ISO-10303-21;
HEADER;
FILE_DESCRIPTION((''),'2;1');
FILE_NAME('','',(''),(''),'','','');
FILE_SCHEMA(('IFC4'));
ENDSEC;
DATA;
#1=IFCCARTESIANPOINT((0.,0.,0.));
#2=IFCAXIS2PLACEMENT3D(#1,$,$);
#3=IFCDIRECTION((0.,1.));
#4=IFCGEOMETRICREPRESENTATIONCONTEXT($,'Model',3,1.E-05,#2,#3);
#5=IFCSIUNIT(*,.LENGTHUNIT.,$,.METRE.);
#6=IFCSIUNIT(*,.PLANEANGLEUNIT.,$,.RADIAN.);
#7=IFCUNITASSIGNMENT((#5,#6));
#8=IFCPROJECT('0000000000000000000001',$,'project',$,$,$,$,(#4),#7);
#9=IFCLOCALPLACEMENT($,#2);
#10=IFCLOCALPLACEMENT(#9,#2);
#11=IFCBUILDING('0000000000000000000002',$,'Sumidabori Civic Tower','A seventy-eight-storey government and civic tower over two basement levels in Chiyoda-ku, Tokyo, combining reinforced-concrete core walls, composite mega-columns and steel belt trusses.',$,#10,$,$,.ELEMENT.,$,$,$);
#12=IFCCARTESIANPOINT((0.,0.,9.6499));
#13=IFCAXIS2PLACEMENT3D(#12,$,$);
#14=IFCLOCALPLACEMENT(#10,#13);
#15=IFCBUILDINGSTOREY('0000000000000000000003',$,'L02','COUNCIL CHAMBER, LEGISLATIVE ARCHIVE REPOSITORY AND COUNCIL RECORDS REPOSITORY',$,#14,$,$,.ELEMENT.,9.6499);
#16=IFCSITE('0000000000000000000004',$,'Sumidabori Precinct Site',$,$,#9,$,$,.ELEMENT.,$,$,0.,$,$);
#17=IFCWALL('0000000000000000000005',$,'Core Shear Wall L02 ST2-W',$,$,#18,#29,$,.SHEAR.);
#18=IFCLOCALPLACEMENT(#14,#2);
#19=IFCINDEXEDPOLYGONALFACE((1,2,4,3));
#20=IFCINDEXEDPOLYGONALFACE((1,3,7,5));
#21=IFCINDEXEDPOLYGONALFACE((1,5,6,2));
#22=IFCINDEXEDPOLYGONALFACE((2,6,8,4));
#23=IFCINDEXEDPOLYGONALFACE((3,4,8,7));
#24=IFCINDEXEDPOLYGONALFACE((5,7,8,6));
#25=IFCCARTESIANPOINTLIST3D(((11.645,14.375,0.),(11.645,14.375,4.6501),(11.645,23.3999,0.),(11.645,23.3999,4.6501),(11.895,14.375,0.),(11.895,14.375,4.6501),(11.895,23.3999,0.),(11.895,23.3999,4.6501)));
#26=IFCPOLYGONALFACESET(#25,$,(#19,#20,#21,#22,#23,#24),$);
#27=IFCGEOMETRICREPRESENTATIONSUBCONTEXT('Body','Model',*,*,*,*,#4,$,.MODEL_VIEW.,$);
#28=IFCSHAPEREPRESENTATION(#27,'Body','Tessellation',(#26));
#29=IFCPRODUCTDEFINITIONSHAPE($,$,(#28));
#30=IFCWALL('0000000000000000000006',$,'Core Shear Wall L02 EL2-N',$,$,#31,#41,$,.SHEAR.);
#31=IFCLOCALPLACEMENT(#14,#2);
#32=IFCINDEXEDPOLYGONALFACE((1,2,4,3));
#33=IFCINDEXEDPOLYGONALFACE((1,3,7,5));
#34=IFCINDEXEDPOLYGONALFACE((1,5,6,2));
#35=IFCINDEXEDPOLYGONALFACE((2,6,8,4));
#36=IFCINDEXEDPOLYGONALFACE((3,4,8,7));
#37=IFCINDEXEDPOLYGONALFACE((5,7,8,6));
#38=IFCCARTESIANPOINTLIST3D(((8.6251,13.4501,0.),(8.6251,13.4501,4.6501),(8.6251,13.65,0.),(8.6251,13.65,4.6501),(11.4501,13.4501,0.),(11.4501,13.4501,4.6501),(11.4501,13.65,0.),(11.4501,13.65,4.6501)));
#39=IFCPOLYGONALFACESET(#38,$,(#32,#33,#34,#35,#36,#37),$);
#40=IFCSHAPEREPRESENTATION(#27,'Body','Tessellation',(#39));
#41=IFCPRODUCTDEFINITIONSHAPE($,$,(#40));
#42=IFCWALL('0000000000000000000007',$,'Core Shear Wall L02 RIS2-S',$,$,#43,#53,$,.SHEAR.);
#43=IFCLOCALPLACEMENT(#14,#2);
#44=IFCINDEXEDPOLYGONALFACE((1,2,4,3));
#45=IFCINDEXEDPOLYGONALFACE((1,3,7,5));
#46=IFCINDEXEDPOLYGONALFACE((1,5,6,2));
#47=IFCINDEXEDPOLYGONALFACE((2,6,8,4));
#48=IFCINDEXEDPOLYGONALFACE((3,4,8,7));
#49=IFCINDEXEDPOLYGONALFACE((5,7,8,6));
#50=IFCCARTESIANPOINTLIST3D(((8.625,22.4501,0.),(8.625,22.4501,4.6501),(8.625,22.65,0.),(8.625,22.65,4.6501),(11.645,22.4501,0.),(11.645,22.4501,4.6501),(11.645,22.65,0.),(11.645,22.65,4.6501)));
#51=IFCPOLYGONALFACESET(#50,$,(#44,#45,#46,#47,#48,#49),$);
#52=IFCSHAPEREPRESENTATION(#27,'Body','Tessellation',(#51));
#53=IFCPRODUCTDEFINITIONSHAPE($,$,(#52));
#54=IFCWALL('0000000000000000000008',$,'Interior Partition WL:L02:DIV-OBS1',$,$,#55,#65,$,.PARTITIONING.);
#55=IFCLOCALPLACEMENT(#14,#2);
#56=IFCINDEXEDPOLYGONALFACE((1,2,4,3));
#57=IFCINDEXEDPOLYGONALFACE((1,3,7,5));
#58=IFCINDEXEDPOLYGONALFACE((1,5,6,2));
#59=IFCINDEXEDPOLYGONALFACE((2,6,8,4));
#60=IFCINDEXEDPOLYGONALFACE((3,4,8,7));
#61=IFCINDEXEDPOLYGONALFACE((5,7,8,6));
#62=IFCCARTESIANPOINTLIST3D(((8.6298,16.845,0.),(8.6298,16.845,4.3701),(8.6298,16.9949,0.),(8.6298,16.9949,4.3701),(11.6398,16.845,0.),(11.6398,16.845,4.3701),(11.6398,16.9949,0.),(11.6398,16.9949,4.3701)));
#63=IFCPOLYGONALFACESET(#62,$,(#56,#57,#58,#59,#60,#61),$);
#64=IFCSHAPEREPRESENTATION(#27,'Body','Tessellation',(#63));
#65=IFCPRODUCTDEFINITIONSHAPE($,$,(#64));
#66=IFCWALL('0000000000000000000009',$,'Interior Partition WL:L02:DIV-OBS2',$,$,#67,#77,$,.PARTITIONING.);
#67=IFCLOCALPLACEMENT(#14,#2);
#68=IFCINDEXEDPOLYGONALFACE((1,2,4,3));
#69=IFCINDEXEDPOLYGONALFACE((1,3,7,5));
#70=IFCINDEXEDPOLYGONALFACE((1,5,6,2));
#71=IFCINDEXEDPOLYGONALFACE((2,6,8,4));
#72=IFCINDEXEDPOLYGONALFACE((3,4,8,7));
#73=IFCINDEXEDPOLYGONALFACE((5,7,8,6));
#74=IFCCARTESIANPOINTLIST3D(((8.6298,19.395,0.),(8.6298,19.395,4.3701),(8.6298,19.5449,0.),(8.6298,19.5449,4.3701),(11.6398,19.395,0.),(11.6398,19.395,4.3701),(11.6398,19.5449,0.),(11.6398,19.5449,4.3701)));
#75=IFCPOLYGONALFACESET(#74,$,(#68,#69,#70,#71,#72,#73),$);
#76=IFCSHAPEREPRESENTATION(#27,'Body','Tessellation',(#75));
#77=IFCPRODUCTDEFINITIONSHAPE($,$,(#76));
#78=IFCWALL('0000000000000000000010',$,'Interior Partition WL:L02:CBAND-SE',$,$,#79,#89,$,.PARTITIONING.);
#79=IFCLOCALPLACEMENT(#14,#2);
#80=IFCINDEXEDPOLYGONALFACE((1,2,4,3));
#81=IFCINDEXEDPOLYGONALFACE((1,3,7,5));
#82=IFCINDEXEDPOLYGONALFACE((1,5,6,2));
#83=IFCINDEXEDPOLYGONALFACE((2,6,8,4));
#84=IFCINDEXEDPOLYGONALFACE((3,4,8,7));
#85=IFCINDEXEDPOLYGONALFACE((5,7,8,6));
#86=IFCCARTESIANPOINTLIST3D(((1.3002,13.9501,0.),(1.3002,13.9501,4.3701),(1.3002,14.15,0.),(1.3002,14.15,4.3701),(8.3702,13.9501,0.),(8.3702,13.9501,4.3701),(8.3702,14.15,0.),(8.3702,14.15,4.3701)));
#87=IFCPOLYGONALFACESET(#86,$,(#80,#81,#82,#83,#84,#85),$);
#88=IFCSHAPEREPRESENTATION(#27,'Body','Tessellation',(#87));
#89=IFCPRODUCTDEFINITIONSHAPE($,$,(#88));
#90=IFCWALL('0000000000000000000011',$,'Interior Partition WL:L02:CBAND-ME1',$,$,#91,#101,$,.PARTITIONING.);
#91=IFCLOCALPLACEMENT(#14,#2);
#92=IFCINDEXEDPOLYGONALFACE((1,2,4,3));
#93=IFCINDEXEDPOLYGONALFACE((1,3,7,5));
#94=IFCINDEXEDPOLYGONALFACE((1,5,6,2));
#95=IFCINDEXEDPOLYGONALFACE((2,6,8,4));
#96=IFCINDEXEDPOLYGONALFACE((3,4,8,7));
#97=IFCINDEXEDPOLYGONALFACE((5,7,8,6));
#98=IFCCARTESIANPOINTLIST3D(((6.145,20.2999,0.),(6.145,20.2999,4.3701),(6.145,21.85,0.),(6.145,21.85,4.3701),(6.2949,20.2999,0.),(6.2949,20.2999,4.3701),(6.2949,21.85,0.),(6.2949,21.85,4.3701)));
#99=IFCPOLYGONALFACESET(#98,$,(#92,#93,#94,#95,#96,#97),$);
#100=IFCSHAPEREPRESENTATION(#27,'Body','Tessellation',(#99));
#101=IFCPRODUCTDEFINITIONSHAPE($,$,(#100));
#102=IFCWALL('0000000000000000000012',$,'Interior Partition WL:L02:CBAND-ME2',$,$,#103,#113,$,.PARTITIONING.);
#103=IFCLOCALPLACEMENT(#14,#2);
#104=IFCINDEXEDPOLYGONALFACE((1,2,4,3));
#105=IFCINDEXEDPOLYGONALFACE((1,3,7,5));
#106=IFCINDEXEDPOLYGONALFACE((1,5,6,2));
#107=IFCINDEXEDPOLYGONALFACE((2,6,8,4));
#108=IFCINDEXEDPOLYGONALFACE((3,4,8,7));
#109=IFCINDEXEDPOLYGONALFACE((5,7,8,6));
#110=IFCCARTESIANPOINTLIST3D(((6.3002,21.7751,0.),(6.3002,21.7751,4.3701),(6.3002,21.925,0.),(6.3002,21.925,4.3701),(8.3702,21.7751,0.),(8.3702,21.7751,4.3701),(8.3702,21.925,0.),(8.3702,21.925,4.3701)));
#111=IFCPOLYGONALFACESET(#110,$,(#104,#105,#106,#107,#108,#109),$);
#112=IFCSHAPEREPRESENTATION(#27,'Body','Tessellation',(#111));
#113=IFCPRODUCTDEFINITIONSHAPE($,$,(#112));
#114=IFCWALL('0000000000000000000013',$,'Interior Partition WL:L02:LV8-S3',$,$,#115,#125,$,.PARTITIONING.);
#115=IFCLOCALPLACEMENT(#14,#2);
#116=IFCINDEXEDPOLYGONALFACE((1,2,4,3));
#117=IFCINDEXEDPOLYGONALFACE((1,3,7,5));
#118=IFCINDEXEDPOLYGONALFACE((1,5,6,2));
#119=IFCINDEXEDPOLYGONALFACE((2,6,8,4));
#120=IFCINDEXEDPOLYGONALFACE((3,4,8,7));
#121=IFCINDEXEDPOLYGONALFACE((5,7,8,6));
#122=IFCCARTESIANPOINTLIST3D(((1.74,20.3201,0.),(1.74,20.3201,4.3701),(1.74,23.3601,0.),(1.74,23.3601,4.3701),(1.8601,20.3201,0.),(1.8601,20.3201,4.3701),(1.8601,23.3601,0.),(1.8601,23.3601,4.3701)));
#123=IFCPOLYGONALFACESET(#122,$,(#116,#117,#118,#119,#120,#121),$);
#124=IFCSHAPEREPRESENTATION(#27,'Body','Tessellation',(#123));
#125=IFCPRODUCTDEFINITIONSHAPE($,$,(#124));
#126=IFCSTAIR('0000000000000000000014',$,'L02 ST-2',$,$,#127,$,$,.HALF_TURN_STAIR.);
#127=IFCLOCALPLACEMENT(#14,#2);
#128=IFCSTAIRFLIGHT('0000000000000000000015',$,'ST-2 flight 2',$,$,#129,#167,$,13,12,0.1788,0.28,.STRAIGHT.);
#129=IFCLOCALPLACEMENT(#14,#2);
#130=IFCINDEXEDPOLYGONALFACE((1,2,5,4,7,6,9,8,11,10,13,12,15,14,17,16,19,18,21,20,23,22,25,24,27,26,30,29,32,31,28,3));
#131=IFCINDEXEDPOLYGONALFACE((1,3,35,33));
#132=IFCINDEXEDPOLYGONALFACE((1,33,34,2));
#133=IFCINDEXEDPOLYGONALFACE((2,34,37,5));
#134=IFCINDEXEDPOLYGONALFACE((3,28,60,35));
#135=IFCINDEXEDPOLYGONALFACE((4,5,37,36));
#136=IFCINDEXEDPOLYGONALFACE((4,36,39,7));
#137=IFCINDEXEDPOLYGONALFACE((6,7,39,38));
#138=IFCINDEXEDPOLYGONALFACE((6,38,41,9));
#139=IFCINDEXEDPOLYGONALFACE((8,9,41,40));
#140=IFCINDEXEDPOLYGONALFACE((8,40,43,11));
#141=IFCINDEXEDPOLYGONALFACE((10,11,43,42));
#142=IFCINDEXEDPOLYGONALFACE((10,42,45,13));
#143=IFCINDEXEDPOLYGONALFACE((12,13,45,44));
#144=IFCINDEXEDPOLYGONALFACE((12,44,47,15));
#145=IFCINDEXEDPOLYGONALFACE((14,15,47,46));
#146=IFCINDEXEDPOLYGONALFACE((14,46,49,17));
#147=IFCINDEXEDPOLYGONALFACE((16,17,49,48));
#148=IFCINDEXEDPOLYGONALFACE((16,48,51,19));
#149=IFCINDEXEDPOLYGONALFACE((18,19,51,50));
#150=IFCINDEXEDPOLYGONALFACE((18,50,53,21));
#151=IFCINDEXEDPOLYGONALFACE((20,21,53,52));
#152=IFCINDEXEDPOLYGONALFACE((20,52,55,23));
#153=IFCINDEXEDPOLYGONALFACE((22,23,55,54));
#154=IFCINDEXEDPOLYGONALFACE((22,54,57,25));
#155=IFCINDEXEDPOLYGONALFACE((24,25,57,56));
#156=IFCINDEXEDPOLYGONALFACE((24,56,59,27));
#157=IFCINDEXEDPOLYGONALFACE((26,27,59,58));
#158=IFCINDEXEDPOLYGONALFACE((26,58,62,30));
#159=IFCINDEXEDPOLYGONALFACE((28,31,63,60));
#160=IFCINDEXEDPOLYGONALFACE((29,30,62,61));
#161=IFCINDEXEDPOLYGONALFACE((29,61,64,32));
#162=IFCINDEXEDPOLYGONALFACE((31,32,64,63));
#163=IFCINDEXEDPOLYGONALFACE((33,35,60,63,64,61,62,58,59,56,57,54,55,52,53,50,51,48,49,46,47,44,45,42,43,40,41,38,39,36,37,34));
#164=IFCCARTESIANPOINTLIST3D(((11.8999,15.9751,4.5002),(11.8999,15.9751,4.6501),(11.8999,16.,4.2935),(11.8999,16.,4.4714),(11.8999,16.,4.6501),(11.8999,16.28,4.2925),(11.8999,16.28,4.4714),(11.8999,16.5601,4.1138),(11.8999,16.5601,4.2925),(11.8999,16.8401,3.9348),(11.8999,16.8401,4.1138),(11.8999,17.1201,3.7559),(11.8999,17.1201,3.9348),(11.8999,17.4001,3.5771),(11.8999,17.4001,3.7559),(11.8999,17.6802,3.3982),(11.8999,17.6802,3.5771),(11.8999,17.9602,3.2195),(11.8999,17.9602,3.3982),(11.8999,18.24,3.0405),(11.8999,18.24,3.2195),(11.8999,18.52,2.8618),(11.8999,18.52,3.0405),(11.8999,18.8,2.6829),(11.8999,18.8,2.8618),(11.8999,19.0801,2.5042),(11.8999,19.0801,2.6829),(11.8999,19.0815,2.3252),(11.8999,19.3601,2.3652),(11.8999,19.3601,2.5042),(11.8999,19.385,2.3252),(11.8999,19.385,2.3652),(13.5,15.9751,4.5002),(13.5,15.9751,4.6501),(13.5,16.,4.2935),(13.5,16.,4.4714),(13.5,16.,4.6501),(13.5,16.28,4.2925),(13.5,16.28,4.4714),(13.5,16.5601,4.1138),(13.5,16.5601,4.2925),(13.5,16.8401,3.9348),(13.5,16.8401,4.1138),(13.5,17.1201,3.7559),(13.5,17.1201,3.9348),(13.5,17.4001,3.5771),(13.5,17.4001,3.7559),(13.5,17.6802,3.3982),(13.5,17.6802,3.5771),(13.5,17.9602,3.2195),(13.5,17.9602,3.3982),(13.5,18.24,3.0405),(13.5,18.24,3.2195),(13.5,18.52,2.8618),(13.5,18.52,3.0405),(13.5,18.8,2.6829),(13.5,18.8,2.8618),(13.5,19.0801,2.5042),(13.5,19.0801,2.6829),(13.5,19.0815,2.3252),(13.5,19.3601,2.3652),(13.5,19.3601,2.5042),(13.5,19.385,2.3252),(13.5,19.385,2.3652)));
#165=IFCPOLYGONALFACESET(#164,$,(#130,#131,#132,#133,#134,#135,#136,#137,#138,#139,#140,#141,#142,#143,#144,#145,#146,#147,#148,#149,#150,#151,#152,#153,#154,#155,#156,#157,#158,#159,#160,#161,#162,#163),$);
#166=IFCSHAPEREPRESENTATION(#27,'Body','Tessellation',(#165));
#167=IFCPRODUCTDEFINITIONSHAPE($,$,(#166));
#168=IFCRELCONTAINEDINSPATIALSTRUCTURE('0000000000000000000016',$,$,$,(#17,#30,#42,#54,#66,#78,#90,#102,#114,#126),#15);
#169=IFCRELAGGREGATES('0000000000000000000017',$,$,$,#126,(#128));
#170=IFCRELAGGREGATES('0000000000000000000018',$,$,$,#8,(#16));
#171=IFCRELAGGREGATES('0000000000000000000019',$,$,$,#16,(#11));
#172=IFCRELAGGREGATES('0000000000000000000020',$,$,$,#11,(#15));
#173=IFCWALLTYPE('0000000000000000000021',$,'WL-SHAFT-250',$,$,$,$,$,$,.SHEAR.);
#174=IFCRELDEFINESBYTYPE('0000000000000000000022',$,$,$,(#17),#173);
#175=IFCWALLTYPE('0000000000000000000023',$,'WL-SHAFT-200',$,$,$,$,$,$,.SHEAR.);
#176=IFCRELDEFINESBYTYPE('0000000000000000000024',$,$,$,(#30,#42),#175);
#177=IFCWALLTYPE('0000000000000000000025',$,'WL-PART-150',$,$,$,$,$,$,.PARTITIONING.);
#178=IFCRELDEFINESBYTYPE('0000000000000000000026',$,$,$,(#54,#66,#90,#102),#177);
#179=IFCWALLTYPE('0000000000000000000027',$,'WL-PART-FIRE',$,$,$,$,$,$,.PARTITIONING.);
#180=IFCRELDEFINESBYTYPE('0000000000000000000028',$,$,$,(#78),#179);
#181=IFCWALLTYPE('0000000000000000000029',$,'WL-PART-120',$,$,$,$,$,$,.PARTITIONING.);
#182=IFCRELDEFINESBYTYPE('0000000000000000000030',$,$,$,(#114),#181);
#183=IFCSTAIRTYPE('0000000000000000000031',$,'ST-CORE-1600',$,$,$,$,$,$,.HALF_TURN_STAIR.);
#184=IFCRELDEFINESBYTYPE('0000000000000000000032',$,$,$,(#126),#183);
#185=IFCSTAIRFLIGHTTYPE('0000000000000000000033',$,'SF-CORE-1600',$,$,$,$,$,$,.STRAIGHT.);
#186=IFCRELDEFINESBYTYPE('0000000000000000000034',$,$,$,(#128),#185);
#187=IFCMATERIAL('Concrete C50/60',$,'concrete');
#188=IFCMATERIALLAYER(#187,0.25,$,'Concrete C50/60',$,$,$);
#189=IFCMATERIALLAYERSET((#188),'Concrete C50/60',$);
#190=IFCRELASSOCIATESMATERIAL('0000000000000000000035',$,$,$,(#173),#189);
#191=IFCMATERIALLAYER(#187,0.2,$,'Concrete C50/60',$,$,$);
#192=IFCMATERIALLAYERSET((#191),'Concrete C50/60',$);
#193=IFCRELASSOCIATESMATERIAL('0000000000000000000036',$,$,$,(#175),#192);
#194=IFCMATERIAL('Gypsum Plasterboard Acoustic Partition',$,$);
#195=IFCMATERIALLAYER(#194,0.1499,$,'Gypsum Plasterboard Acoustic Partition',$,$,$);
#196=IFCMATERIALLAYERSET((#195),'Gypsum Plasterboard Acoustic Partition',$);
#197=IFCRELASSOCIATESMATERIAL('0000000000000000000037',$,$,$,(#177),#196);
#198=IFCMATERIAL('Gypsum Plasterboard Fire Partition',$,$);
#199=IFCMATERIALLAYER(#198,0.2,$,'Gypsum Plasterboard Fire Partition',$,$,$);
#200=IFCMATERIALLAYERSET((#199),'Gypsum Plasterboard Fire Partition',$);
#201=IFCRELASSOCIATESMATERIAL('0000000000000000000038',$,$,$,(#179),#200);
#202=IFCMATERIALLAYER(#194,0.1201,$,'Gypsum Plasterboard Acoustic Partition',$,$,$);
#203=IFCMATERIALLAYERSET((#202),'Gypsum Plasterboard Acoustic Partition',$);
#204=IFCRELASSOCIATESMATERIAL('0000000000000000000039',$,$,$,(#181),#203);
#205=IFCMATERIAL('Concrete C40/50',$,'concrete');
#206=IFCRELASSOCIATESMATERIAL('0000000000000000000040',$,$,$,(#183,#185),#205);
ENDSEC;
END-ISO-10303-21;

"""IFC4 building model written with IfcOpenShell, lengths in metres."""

from ifc_helpers import new_model, si_unit, direction, frame, frame_2d, origin, place, context, subcontext, project, spatial, polyline, rectangle, outline, extrude, source, transform, mapped, material, layer, layer_set, type_object, element, aggregate, save


model = new_model("IFC4")

# Units and contexts
model_context = context("Model", 3, precision=1e-05, world=origin(), true_north=direction((0.0, 1.0)))
body_context = subcontext(model_context, "Body", "Model", "MODEL_VIEW")
ifc_project = project(units=[si_unit("LENGTHUNIT", "METRE"), si_unit("PLANEANGLEUNIT", "RADIAN")], contexts=[model_context])

# Site, building, storey
site_placement = place(None, origin())
site = spatial("IfcSite", under=ifc_project, at=site_placement, Name="Sumidabori Precinct Site", CompositionType="ELEMENT", RefElevation=0.0)
building_placement = place(site_placement, origin())
building = spatial("IfcBuilding", under=site, at=building_placement, Name="Sumidabori Civic Tower", Description="A seventy-eight-storey government and civic tower over two basement levels in Chiyoda-ku, Tokyo, combining reinforced-concrete core walls, composite mega-columns and steel belt trusses.", CompositionType="ELEMENT")
storey_placement = place(building_placement, frame((0.0, 0.0, 9.6499)))
storey = spatial("IfcBuildingStorey", under=building, at=storey_placement, Name="L02", Description="COUNCIL CHAMBER, LEGISLATIVE ARCHIVE REPOSITORY AND COUNCIL RECORDS REPOSITORY", CompositionType="ELEMENT", Elevation=9.6499)

# Shared definitions
ifc_material_1 = material(Name="Concrete C50/60", Category="concrete")
ifc_layer_1 = layer(ifc_material_1, 0.25, Name="Concrete C50/60")
ifc_layer_set_1 = layer_set([ifc_layer_1], Name="Concrete C50/60")
wall_type_1 = type_object("IfcWallType", Name="WL-SHAFT-250", PredefinedType="SHEAR", material=ifc_layer_set_1)

# Walls
shared_shape_1 = source(origin(), body_context, "Body", "SweptSolid", [
    extrude(rectangle(XDim=9.0249, YDim=0.25, at=frame_2d((4.5125, 0.0))), origin(), (0.0, 0.0, 1.0), 4.6501),
])
wall_1_placement = place(storey_placement, frame((11.77, 14.375, 0.0), z_axis=(0.0, 0.0, 1.0), x_axis=(0.0, 1.0, 0.0)))
element("IfcWall", 1, at=wall_1_placement, inside=storey, type_object=wall_type_1, Name="Core Shear Wall L02 ST2-W", PredefinedType="SHEAR", context=body_context, shape_type="MappedRepresentation", body=[
    mapped(shared_shape_1, transform((0.0, 0.0, 0.0), x_axis=(1.0, 0.0, 0.0), y_axis=(0.0, 1.0, 0.0), z_axis=(0.0, 0.0, 1.0), scale=1.0)),
])
ifc_layer_2 = layer(ifc_material_1, 0.2, Name="Concrete C50/60")
ifc_layer_set_2 = layer_set([ifc_layer_2], Name="Concrete C50/60")
wall_type_2 = type_object("IfcWallType", Name="WL-SHAFT-200", PredefinedType="SHEAR", material=ifc_layer_set_2)
shared_shape_2 = source(origin(), body_context, "Body", "SweptSolid", [
    extrude(rectangle(XDim=2.825, YDim=0.2, at=frame_2d((1.4126, 0.0))), origin(), (0.0, 0.0, 1.0), 4.6501),
])
wall_2_placement = place(storey_placement, frame((8.625, 13.55, 0.0), z_axis=(0.0, 0.0, 1.0), x_axis=(1.0, 0.0, 0.0)))
element("IfcWall", 2, at=wall_2_placement, inside=storey, type_object=wall_type_2, Name="Core Shear Wall L02 EL2-N", PredefinedType="SHEAR", context=body_context, shape_type="MappedRepresentation", body=[
    mapped(shared_shape_2, transform((0.0, 0.0, 0.0), x_axis=(1.0, 0.0, 0.0), y_axis=(0.0, 1.0, 0.0), z_axis=(0.0, 0.0, 1.0), scale=1.0)),
])
shared_shape_3 = source(origin(), body_context, "Body", "SweptSolid", [
    extrude(rectangle(XDim=3.02, YDim=0.2, at=frame_2d((1.51, 0.0))), origin(), (0.0, 0.0, 1.0), 4.6501),
])
wall_3_placement = place(storey_placement, frame((8.625, 22.55, 0.0), z_axis=(0.0, 0.0, 1.0), x_axis=(1.0, 0.0, 0.0)))
element("IfcWall", 3, at=wall_3_placement, inside=storey, type_object=wall_type_2, Name="Core Shear Wall L02 RIS2-S", PredefinedType="SHEAR", context=body_context, shape_type="MappedRepresentation", body=[
    mapped(shared_shape_3, transform((0.0, 0.0, 0.0), x_axis=(1.0, 0.0, 0.0), y_axis=(0.0, 1.0, 0.0), z_axis=(0.0, 0.0, 1.0), scale=1.0)),
])
ifc_material_2 = material(Name="Gypsum Plasterboard Acoustic Partition")
ifc_layer_3 = layer(ifc_material_2, 0.1499, Name="Gypsum Plasterboard Acoustic Partition")
ifc_layer_set_3 = layer_set([ifc_layer_3], Name="Gypsum Plasterboard Acoustic Partition")
wall_type_3 = type_object("IfcWallType", Name="WL-PART-150", PredefinedType="PARTITIONING", material=ifc_layer_set_3)
shared_shape_4 = source(origin(), body_context, "Body", "SweptSolid", [
    extrude(rectangle(XDim=3.01, YDim=0.1499, at=frame_2d((1.5049, 0.0))), origin(), (0.0, 0.0, 1.0), 4.3701),
])
for number, where, z_axis, x_axis, name in (
    (4, (8.6299, 16.9199, 0.0), (0.0, 0.0, 1.0), (1.0, 0.0, 0.0), "Interior Partition WL:L02:DIV-OBS1"),
    (5, (8.6299, 19.47, 0.0), (0.0, 0.0, 1.0), (1.0, 0.0, 0.0), "Interior Partition WL:L02:DIV-OBS2"),
):
    element("IfcWall", number, at=place(storey_placement, frame(where, z_axis=z_axis, x_axis=x_axis)), inside=storey, type_object=wall_type_3, Name=name, PredefinedType="PARTITIONING", context=body_context, shape_type="MappedRepresentation", body=[
        mapped(shared_shape_4, transform((0.0, 0.0, 0.0), x_axis=(1.0, 0.0, 0.0), y_axis=(0.0, 1.0, 0.0), z_axis=(0.0, 0.0, 1.0), scale=1.0)),
    ])
ifc_material_3 = material(Name="Gypsum Plasterboard Fire Partition")
ifc_layer_4 = layer(ifc_material_3, 0.2, Name="Gypsum Plasterboard Fire Partition")
ifc_layer_set_4 = layer_set([ifc_layer_4], Name="Gypsum Plasterboard Fire Partition")
wall_type_4 = type_object("IfcWallType", Name="WL-PART-FIRE", PredefinedType="PARTITIONING", material=ifc_layer_set_4)
shared_shape_5 = source(origin(), body_context, "Body", "SweptSolid", [
    extrude(rectangle(XDim=7.0701, YDim=0.2, at=frame_2d((3.5352, 0.0))), origin(), (0.0, 0.0, 1.0), 4.3701),
])
wall_4_placement = place(storey_placement, frame((1.3, 14.05, 0.0), z_axis=(0.0, 0.0, 1.0), x_axis=(1.0, 0.0, 0.0)))
element("IfcWall", 6, at=wall_4_placement, inside=storey, type_object=wall_type_4, Name="Interior Partition WL:L02:CBAND-SE", PredefinedType="PARTITIONING", context=body_context, shape_type="MappedRepresentation", body=[
    mapped(shared_shape_5, transform((0.0, 0.0, 0.0), x_axis=(1.0, 0.0, 0.0), y_axis=(0.0, 1.0, 0.0), z_axis=(0.0, 0.0, 1.0), scale=1.0)),
])
shared_shape_6 = source(origin(), body_context, "Body", "SweptSolid", [
    extrude(rectangle(XDim=1.55, YDim=0.1499, at=frame_2d((0.7749, 0.0))), origin(), (0.0, 0.0, 1.0), 4.3701),
])
wall_5_placement = place(storey_placement, frame((6.22, 20.3, 0.0), z_axis=(0.0, 0.0, 1.0), x_axis=(0.0, 1.0, 0.0)))
element("IfcWall", 7, at=wall_5_placement, inside=storey, type_object=wall_type_3, Name="Interior Partition WL:L02:CBAND-ME1", PredefinedType="PARTITIONING", context=body_context, shape_type="MappedRepresentation", body=[
    mapped(shared_shape_6, transform((0.0, 0.0, 0.0), x_axis=(1.0, 0.0, 0.0), y_axis=(0.0, 1.0, 0.0), z_axis=(0.0, 0.0, 1.0), scale=1.0)),
])
shared_shape_7 = source(origin(), body_context, "Body", "SweptSolid", [
    extrude(rectangle(XDim=2.0701, YDim=0.1499, at=frame_2d((1.0352, 0.0))), origin(), (0.0, 0.0, 1.0), 4.3701),
])
wall_6_placement = place(storey_placement, frame((6.3, 21.8501, 0.0), z_axis=(0.0, 0.0, 1.0), x_axis=(1.0, 0.0, 0.0)))
element("IfcWall", 8, at=wall_6_placement, inside=storey, type_object=wall_type_3, Name="Interior Partition WL:L02:CBAND-ME2", PredefinedType="PARTITIONING", context=body_context, shape_type="MappedRepresentation", body=[
    mapped(shared_shape_7, transform((0.0, 0.0, 0.0), x_axis=(1.0, 0.0, 0.0), y_axis=(0.0, 1.0, 0.0), z_axis=(0.0, 0.0, 1.0), scale=1.0)),
])
ifc_layer_5 = layer(ifc_material_2, 0.1201, Name="Gypsum Plasterboard Acoustic Partition")
ifc_layer_set_5 = layer_set([ifc_layer_5], Name="Gypsum Plasterboard Acoustic Partition")
wall_type_5 = type_object("IfcWallType", Name="WL-PART-120", PredefinedType="PARTITIONING", material=ifc_layer_set_5)
shared_shape_8 = source(origin(), body_context, "Body", "SweptSolid", [
    extrude(rectangle(XDim=3.04, YDim=0.1201, at=frame_2d((1.52, 0.0))), origin(), (0.0, 0.0, 1.0), 4.3701),
])
wall_7_placement = place(storey_placement, frame((1.8, 20.3201, 0.0), z_axis=(0.0, 0.0, 1.0), x_axis=(0.0, 1.0, 0.0)))
element("IfcWall", 9, at=wall_7_placement, inside=storey, type_object=wall_type_5, Name="Interior Partition WL:L02:LV8-S3", PredefinedType="PARTITIONING", context=body_context, shape_type="MappedRepresentation", body=[
    mapped(shared_shape_8, transform((0.0, 0.0, 0.0), x_axis=(1.0, 0.0, 0.0), y_axis=(0.0, 1.0, 0.0), z_axis=(0.0, 0.0, 1.0), scale=1.0)),
])

# Stair, stair flight
ifc_material_4 = material(Name="Concrete C40/50", Category="concrete")
stair_type = type_object("IfcStairType", Name="ST-CORE-1600", PredefinedType="HALF_TURN_STAIR", material=ifc_material_4)
stair_placement = place(storey_placement, origin())
stair = element("IfcStair", 10, at=stair_placement, inside=storey, type_object=stair_type, Name="L02 ST-2", PredefinedType="HALF_TURN_STAIR")
stair_flight_type = type_object("IfcStairFlightType", Name="SF-CORE-1600", PredefinedType="STRAIGHT", material=ifc_material_4)
shared_shape_9 = source(origin(), body_context, "Body", "SweptSolid", [
    extrude(outline(polyline([(-0.0249, 0.0), (-0.0249, 0.04), (0.0, 0.04), (0.0, 0.179), (0.28, 0.179), (0.28, 0.3577), (0.5601, 0.3577), (0.5601, 0.5366), (0.8401, 0.5366), (0.8401, 0.7153), (1.1201, 0.7153), (1.1201, 0.8943), (1.3999, 0.8943), (1.3999, 1.073), (1.6799, 1.073), (1.6799, 1.252), (1.96, 1.252), (1.96, 1.4307), (2.24, 1.4307), (2.24, 1.6096), (2.52, 1.6096), (2.52, 1.7886), (2.8, 1.7886), (2.8, 1.9673), (3.0801, 1.9673), (3.0801, 2.1462), (3.3601, 2.1462), (3.3601, 2.325), (3.385, 2.325), (3.385, 2.175), (3.3601, 1.9683), (0.2786, 0.0), (-0.0249, 0.0)])), frame((0.0, 0.8, 0.0), z_axis=(0.0, -1.0, 0.0), x_axis=(1.0, 0.0, 0.0)), (0.0, 0.0, 1.0), 1.6001),
])
stair_flight_placement = place(storey_placement, frame((12.7, 19.3601, 2.3252), z_axis=(0.0, 0.0, 1.0), x_axis=(0.0, -1.0, 0.0)))
stair_flight = element("IfcStairFlight", 11, at=stair_flight_placement, type_object=stair_flight_type, Name="ST-2 flight 2", NumberOfRisers=13, NumberOfTreads=12, PredefinedType="STRAIGHT", RiserHeight=0.1788, TreadLength=0.28, context=body_context, shape_type="MappedRepresentation", body=[
    mapped(shared_shape_9, transform((0.0, 0.0, 0.0), x_axis=(1.0, 0.0, 0.0), y_axis=(0.0, 1.0, 0.0), z_axis=(0.0, 0.0, 1.0), scale=1.0)),
])
aggregate(stair, [stair_flight])

save(model, "model.ifc")
